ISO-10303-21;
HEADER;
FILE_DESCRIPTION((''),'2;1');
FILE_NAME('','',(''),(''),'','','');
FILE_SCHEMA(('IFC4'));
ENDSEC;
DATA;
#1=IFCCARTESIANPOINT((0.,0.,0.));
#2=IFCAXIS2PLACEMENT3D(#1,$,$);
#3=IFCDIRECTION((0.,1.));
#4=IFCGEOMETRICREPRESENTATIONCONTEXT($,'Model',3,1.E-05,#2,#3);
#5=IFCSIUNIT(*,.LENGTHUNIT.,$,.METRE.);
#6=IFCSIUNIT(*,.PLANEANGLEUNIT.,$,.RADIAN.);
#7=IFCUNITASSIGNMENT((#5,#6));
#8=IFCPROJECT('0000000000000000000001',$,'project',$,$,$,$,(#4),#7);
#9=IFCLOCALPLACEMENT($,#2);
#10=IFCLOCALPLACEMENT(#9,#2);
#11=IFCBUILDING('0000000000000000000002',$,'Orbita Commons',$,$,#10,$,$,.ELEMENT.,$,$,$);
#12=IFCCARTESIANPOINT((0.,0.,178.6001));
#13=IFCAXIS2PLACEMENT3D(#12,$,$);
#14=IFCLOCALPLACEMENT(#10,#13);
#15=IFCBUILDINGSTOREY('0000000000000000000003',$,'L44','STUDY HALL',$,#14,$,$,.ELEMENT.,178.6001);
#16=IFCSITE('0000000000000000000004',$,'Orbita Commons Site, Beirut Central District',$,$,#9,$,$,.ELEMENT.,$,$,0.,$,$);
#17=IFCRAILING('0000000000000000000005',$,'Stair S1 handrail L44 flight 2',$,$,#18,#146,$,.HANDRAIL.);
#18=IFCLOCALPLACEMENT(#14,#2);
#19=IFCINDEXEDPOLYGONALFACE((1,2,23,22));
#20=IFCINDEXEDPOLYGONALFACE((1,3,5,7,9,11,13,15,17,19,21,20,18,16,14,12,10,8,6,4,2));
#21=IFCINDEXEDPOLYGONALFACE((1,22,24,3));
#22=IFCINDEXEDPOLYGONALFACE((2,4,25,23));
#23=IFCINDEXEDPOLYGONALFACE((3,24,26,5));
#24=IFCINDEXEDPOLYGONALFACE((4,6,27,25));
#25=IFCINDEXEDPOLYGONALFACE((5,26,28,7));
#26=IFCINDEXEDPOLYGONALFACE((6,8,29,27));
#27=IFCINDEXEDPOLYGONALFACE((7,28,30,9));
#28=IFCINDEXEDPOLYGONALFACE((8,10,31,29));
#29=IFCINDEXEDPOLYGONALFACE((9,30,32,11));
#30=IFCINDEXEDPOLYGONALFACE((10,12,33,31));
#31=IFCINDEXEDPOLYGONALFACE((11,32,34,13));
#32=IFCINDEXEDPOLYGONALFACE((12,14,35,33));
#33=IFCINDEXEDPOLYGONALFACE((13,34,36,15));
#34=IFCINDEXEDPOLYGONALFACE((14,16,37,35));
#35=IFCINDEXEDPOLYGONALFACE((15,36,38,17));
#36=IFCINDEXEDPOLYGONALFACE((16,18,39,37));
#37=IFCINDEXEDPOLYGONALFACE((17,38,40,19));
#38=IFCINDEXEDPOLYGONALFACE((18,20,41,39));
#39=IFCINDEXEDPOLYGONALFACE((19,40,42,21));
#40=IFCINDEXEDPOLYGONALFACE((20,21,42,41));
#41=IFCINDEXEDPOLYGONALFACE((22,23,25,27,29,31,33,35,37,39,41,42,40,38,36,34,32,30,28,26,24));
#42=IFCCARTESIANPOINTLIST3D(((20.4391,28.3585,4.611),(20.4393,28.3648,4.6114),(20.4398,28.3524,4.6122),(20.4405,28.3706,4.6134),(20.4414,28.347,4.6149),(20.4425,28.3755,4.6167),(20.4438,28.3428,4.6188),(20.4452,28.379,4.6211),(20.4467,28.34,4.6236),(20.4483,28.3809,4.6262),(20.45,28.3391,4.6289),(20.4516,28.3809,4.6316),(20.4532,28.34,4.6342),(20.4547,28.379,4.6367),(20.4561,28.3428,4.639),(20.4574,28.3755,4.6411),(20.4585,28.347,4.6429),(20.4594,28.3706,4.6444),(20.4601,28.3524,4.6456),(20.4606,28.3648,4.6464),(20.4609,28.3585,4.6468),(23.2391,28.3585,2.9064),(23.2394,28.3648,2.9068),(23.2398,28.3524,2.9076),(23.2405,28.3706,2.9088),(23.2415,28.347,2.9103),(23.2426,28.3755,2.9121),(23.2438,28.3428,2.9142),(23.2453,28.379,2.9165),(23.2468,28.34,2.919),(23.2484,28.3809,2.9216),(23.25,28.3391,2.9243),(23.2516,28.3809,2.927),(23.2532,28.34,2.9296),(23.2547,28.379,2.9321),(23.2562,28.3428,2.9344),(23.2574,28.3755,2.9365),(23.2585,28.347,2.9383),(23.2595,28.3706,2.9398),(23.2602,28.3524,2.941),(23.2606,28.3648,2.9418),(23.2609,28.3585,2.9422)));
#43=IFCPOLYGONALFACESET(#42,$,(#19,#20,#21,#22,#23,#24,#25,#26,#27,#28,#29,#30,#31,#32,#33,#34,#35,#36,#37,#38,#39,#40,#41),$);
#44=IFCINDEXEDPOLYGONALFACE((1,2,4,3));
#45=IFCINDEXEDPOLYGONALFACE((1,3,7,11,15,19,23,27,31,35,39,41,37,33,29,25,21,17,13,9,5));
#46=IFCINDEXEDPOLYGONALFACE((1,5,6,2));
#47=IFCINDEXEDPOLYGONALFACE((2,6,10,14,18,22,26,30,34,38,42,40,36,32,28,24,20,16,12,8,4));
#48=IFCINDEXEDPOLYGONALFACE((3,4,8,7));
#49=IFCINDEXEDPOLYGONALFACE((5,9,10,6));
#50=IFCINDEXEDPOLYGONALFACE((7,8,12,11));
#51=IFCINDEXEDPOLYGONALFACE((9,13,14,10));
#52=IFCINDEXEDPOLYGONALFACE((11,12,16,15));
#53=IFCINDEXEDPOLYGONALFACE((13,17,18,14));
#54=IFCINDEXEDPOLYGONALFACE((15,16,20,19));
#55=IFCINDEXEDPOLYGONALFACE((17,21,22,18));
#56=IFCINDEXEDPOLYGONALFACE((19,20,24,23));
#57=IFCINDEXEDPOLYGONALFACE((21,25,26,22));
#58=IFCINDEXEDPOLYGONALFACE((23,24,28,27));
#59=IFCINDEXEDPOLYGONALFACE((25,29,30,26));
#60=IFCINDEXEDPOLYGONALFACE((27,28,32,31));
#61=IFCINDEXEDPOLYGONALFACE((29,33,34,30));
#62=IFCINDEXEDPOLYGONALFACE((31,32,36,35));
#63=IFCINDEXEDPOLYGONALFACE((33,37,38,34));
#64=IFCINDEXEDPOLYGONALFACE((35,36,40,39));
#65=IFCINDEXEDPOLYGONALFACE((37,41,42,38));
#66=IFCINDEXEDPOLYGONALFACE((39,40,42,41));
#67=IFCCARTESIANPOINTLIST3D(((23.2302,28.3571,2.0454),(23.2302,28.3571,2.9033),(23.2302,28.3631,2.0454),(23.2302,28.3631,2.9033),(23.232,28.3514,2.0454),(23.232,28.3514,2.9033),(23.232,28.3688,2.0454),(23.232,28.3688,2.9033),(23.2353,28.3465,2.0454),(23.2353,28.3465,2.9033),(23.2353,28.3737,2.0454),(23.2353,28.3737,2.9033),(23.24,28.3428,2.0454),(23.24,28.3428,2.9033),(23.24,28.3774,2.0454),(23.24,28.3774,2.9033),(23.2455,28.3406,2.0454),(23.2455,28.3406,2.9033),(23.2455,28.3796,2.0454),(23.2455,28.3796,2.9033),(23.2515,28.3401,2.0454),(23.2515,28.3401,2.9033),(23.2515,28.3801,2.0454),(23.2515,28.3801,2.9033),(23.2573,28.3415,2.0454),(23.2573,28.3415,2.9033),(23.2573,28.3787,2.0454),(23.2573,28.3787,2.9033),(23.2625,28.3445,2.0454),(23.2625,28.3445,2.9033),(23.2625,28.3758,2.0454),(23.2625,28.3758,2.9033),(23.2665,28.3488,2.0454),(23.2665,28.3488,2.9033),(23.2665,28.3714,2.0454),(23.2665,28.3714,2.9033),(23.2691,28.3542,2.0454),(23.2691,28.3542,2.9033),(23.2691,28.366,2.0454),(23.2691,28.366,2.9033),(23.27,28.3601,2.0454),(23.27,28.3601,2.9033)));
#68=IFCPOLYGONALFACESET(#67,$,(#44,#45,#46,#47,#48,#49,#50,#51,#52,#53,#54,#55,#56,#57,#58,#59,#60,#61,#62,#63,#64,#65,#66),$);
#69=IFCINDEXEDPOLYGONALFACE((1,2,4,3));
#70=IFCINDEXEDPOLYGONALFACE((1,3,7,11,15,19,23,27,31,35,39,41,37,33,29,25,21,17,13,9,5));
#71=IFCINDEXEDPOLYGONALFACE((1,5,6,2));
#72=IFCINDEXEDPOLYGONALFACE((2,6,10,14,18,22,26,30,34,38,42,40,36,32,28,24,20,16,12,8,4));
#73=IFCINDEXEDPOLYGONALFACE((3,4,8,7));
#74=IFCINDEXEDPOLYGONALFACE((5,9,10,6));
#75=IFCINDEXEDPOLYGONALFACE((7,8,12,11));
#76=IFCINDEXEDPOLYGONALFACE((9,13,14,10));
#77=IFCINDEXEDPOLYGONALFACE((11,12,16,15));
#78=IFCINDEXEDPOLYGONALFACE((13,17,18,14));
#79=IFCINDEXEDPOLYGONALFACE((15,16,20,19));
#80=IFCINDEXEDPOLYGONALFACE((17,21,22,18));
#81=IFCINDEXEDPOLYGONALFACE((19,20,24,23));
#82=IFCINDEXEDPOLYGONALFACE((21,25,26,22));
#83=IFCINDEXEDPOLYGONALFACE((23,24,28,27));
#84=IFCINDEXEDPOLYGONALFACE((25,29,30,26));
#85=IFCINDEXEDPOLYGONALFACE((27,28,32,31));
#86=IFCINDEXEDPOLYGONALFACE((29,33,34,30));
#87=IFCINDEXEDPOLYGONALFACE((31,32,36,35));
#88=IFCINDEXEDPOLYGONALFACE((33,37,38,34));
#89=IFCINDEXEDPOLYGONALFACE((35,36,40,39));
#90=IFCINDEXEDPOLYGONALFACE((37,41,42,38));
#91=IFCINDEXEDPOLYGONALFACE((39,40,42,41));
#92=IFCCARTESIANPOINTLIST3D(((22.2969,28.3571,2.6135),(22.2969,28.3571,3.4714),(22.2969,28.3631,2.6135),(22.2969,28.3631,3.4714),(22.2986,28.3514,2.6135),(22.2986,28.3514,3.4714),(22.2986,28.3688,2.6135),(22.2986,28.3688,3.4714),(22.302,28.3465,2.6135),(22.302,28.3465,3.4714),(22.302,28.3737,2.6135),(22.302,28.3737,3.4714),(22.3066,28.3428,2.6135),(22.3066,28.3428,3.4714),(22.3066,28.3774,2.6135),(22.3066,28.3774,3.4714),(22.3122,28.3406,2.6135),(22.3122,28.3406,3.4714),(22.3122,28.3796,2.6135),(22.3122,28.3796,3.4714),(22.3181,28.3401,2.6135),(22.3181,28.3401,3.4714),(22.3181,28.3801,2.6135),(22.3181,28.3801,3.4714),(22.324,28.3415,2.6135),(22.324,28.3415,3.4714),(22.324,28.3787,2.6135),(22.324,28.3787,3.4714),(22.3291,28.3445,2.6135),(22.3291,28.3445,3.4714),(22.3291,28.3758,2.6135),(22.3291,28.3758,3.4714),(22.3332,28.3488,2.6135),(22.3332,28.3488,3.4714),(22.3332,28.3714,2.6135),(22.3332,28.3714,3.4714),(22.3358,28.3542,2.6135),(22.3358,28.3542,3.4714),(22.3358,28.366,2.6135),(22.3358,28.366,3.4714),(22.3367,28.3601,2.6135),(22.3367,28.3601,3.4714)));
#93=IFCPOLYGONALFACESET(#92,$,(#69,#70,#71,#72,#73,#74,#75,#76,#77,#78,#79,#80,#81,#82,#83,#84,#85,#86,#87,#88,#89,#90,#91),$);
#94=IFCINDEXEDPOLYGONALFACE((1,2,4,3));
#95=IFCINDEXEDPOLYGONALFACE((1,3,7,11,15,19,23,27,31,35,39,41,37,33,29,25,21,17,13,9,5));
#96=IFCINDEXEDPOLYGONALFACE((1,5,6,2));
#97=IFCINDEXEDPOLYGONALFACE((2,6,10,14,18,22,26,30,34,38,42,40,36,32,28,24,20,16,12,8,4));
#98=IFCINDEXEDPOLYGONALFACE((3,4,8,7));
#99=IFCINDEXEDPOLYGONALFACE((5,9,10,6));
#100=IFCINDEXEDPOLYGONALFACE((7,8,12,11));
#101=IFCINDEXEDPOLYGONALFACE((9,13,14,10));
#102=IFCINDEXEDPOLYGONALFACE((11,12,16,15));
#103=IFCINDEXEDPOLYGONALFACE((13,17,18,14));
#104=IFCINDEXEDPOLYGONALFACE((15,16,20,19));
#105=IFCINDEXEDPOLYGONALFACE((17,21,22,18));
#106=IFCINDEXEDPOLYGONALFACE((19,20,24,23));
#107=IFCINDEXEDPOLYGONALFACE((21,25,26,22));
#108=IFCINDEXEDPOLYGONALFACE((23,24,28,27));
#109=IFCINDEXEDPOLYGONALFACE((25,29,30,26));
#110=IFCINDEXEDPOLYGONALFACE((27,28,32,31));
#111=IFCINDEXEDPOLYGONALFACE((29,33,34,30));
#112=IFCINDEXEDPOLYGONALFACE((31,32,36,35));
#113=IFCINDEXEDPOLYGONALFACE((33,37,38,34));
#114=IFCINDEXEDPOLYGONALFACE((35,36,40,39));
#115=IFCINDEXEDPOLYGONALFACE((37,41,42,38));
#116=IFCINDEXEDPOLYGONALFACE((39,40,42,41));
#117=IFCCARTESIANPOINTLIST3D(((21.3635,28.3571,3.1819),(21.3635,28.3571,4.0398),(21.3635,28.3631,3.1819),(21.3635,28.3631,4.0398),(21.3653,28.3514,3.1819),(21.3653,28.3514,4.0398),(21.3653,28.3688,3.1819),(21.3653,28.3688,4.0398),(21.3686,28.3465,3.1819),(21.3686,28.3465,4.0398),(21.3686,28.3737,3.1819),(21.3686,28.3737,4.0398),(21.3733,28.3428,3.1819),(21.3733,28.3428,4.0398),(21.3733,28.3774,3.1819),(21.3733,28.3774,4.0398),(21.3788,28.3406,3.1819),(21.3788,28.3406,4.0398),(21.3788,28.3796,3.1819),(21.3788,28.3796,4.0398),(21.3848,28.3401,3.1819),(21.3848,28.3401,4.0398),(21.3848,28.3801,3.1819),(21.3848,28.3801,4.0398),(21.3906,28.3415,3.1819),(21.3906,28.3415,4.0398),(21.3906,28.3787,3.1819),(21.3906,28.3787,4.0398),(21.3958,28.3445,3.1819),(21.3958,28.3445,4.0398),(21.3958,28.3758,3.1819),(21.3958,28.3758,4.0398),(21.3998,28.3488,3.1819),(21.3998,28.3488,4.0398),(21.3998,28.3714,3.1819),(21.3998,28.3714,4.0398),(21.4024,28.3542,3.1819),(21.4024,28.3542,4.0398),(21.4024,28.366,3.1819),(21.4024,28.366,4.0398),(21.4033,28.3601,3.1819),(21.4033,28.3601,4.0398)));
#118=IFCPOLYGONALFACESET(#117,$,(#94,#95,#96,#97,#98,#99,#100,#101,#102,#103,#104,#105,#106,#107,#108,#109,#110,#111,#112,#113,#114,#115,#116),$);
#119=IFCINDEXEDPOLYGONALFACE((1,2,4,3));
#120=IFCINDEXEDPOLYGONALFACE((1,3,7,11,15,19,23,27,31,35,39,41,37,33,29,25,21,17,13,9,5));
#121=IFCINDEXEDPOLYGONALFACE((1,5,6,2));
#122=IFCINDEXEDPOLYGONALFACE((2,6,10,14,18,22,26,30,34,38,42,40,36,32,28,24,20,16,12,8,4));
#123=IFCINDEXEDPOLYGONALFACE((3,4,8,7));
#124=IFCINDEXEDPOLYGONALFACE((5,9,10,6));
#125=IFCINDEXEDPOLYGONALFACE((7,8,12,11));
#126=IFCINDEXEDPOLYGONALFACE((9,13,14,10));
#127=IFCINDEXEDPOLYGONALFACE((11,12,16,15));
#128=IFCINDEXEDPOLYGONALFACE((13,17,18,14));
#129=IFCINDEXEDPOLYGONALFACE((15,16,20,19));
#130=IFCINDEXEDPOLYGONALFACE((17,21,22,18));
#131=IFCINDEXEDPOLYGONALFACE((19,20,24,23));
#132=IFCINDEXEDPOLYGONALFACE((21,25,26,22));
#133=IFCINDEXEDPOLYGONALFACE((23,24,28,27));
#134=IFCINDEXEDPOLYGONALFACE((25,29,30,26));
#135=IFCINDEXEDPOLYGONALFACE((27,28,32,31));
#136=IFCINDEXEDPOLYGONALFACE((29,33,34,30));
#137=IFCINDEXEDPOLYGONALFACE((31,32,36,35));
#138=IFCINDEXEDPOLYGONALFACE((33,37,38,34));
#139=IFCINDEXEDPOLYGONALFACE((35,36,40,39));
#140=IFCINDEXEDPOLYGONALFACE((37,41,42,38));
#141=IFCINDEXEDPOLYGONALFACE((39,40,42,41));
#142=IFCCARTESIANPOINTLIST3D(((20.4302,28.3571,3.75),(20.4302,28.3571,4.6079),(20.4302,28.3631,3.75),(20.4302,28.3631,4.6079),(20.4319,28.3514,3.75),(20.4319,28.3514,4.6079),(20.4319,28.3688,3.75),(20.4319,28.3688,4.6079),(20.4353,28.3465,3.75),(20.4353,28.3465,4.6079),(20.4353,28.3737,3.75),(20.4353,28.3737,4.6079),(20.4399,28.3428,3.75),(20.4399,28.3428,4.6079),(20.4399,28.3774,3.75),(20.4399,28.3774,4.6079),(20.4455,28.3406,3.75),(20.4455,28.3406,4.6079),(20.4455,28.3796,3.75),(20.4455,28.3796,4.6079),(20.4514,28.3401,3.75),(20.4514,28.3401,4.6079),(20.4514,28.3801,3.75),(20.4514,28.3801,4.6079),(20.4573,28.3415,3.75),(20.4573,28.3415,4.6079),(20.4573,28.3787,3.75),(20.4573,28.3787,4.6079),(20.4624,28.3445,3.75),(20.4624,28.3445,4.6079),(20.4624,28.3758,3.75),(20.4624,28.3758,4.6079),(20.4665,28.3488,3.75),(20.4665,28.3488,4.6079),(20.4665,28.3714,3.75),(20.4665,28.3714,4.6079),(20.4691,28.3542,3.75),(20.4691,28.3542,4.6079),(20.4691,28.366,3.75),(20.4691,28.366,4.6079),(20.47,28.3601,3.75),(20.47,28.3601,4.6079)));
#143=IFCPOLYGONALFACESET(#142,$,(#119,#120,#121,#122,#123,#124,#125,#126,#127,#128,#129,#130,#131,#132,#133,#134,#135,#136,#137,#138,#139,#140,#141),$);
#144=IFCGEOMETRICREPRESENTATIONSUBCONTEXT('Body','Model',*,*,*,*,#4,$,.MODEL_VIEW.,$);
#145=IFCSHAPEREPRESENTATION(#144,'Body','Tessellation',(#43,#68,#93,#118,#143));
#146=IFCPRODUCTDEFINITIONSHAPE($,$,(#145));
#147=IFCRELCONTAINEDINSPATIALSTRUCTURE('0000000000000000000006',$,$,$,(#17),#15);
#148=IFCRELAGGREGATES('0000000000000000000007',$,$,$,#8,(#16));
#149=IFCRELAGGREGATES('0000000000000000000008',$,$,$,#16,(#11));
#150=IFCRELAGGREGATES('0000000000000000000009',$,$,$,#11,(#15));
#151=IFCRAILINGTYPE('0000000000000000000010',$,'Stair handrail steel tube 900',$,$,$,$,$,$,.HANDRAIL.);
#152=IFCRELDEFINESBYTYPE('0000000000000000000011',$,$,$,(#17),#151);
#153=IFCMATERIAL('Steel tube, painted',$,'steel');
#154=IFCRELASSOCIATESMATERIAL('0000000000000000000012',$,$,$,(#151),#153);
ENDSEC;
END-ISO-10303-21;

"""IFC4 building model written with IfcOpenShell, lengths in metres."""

from ifc_helpers import new_model, si_unit, direction, frame, origin, origin_2d, place, context, subcontext, project, spatial, circle, extrude, material, type_object, element, save


model = new_model("IFC4")

# Units and contexts
model_context = context("Model", 3, precision=1e-05, world=origin(), true_north=direction((0.0, 1.0)))
body_context = subcontext(model_context, "Body", "Model", "MODEL_VIEW")
ifc_project = project(units=[si_unit("LENGTHUNIT", "METRE"), si_unit("PLANEANGLEUNIT", "RADIAN")], contexts=[model_context])

# Site, building, storey
site_placement = place(None, origin())
site = spatial("IfcSite", under=ifc_project, at=site_placement, Name="Orbita Commons Site, Beirut Central District", CompositionType="ELEMENT", RefElevation=0.0)
building_placement = place(site_placement, origin())
building = spatial("IfcBuilding", under=site, at=building_placement, Name="Orbita Commons", CompositionType="ELEMENT")
storey_placement = place(building_placement, frame((0.0, 0.0, 178.6001)))
storey = spatial("IfcBuildingStorey", under=building, at=storey_placement, Name="L44", Description="STUDY HALL", CompositionType="ELEMENT", Elevation=178.6001)

# Railing
ifc_material_1 = material(Name="Steel tube, painted", Category="steel")
railing_type = type_object("IfcRailingType", Name="Stair handrail steel tube 900", PredefinedType="HANDRAIL", material=ifc_material_1)
for number, where, name in (
    (1, (23.25, 28.3601, 2.0454), "Stair S1 handrail L44 flight 2"),
):
    element("IfcRailing", number, at=place(storey_placement, frame(where)), inside=storey, type_object=railing_type, Name=name, PredefinedType="HANDRAIL", context=body_context, shape_type="SweptSolid", body=[
        extrude(circle(Radius=0.021, at=origin_2d()), frame((0.0, 0.0, 0.8789), z_axis=(-0.85417, 0.0, 0.519994), x_axis=(0.0, -1.0, 0.0)), (0.0, 0.0, 1.0), 3.2781),
        extrude(circle(Radius=0.02, at=origin_2d()), origin(), (0.0, 0.0, 1.0), 0.8579),
        extrude(circle(Radius=0.02, at=origin_2d()), frame((-0.9333, 0.0, 0.5681)), (0.0, 0.0, 1.0), 0.8579),
        extrude(circle(Radius=0.02, at=origin_2d()), frame((-1.8667, 0.0, 1.1365)), (0.0, 0.0, 1.0), 0.8579),
        extrude(circle(Radius=0.02, at=origin_2d()), frame((-2.8, 0.0, 1.7046)), (0.0, 0.0, 1.0), 0.8579),
    ])

save(model, "model.ifc")
